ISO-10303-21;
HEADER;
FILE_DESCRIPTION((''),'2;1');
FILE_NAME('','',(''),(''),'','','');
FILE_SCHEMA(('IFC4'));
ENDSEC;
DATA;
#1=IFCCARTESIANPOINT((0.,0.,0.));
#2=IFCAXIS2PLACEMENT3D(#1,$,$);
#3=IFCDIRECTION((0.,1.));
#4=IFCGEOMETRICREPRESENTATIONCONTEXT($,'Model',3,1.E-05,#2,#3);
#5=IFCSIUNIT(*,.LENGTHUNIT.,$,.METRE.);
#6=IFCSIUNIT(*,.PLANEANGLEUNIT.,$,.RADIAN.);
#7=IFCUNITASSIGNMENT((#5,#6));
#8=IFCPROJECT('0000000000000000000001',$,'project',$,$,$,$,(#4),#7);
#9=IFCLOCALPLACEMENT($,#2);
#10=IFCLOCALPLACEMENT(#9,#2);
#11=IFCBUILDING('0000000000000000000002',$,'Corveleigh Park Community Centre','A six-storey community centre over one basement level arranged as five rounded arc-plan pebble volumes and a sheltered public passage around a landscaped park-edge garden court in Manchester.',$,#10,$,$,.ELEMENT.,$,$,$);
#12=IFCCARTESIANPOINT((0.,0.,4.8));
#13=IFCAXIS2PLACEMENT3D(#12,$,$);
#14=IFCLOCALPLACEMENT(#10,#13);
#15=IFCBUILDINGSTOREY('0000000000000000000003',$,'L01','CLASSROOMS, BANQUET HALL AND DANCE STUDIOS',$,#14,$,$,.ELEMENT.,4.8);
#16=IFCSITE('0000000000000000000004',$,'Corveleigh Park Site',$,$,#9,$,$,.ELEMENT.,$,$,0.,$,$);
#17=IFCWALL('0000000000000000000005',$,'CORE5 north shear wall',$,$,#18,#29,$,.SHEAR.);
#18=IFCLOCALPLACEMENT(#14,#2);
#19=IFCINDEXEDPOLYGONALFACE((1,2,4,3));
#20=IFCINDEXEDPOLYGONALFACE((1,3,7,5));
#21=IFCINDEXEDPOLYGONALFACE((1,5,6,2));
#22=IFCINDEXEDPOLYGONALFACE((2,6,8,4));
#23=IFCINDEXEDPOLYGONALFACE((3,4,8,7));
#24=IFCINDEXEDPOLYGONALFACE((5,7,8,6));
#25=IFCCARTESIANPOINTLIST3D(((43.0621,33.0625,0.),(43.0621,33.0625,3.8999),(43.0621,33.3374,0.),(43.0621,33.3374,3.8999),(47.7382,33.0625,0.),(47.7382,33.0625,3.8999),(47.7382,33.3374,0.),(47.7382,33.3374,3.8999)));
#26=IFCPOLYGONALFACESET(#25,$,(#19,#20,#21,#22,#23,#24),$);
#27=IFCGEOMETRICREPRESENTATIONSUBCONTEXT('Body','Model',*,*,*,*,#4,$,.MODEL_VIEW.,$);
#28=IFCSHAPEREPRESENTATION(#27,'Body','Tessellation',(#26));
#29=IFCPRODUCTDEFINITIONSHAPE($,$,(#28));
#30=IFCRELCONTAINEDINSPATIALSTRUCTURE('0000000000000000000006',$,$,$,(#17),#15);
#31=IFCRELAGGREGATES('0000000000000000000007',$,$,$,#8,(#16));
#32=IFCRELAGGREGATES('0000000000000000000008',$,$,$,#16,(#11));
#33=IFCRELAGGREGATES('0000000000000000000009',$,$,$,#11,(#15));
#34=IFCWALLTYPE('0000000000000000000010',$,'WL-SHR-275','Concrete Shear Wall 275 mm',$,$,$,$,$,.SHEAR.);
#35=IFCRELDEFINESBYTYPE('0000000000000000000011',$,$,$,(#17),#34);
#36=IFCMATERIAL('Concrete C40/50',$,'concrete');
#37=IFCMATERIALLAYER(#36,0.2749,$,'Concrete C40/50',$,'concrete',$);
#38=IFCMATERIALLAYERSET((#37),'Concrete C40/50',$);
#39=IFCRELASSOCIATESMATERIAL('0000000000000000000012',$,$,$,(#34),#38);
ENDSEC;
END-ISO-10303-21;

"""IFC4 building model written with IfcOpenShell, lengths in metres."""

from ifc_helpers import new_model, si_unit, direction, frame, frame_2d, origin, place, context, subcontext, project, spatial, rectangle, extrude, material, layer, layer_set, type_object, element, save


model = new_model("IFC4")

# Units and contexts
model_context = context("Model", 3, precision=1e-05, world=origin(), true_north=direction((0.0, 1.0)))
body_context = subcontext(model_context, "Body", "Model", "MODEL_VIEW")
ifc_project = project(units=[si_unit("LENGTHUNIT", "METRE"), si_unit("PLANEANGLEUNIT", "RADIAN")], contexts=[model_context])

# Site, building, storey
site_placement = place(None, origin())
site = spatial("IfcSite", under=ifc_project, at=site_placement, Name="Corveleigh Park Site", CompositionType="ELEMENT", RefElevation=0.0)
building_placement = place(site_placement, origin())
building = spatial("IfcBuilding", under=site, at=building_placement, Name="Corveleigh Park Community Centre", Description="A six-storey community centre over one basement level arranged as five rounded arc-plan pebble volumes and a sheltered public passage around a landscaped park-edge garden court in Manchester.", CompositionType="ELEMENT")
storey_placement = place(building_placement, frame((0.0, 0.0, 4.8)))
storey = spatial("IfcBuildingStorey", under=building, at=storey_placement, Name="L01", Description="CLASSROOMS, BANQUET HALL AND DANCE STUDIOS", CompositionType="ELEMENT", Elevation=4.8)

# Wall
ifc_material_1 = material(Name="Concrete C40/50", Category="concrete")
ifc_layer_1 = layer(ifc_material_1, 0.2749, Name="Concrete C40/50", Category="concrete")
ifc_layer_set_1 = layer_set([ifc_layer_1], Name="Concrete C40/50")
wall_type = type_object("IfcWallType", Name="WL-SHR-275", Description="Concrete Shear Wall 275 mm", PredefinedType="SHEAR", material=ifc_layer_set_1)
wall_placement = place(storey_placement, frame((47.738, 33.2, 0.0), z_axis=(0.0, 0.0, 1.0), x_axis=(-1.0, 0.0, 0.0)))
element("IfcWall", 1, at=wall_placement, inside=storey, type_object=wall_type, Name="CORE5 north shear wall", PredefinedType="SHEAR", context=body_context, shape_type="SweptSolid", body=[
    extrude(rectangle(XDim=4.676, YDim=0.2749, at=frame_2d((2.3379, 0.0))), origin(), (0.0, 0.0, 1.0), 3.8999),
])

save(model, "model.ifc")
